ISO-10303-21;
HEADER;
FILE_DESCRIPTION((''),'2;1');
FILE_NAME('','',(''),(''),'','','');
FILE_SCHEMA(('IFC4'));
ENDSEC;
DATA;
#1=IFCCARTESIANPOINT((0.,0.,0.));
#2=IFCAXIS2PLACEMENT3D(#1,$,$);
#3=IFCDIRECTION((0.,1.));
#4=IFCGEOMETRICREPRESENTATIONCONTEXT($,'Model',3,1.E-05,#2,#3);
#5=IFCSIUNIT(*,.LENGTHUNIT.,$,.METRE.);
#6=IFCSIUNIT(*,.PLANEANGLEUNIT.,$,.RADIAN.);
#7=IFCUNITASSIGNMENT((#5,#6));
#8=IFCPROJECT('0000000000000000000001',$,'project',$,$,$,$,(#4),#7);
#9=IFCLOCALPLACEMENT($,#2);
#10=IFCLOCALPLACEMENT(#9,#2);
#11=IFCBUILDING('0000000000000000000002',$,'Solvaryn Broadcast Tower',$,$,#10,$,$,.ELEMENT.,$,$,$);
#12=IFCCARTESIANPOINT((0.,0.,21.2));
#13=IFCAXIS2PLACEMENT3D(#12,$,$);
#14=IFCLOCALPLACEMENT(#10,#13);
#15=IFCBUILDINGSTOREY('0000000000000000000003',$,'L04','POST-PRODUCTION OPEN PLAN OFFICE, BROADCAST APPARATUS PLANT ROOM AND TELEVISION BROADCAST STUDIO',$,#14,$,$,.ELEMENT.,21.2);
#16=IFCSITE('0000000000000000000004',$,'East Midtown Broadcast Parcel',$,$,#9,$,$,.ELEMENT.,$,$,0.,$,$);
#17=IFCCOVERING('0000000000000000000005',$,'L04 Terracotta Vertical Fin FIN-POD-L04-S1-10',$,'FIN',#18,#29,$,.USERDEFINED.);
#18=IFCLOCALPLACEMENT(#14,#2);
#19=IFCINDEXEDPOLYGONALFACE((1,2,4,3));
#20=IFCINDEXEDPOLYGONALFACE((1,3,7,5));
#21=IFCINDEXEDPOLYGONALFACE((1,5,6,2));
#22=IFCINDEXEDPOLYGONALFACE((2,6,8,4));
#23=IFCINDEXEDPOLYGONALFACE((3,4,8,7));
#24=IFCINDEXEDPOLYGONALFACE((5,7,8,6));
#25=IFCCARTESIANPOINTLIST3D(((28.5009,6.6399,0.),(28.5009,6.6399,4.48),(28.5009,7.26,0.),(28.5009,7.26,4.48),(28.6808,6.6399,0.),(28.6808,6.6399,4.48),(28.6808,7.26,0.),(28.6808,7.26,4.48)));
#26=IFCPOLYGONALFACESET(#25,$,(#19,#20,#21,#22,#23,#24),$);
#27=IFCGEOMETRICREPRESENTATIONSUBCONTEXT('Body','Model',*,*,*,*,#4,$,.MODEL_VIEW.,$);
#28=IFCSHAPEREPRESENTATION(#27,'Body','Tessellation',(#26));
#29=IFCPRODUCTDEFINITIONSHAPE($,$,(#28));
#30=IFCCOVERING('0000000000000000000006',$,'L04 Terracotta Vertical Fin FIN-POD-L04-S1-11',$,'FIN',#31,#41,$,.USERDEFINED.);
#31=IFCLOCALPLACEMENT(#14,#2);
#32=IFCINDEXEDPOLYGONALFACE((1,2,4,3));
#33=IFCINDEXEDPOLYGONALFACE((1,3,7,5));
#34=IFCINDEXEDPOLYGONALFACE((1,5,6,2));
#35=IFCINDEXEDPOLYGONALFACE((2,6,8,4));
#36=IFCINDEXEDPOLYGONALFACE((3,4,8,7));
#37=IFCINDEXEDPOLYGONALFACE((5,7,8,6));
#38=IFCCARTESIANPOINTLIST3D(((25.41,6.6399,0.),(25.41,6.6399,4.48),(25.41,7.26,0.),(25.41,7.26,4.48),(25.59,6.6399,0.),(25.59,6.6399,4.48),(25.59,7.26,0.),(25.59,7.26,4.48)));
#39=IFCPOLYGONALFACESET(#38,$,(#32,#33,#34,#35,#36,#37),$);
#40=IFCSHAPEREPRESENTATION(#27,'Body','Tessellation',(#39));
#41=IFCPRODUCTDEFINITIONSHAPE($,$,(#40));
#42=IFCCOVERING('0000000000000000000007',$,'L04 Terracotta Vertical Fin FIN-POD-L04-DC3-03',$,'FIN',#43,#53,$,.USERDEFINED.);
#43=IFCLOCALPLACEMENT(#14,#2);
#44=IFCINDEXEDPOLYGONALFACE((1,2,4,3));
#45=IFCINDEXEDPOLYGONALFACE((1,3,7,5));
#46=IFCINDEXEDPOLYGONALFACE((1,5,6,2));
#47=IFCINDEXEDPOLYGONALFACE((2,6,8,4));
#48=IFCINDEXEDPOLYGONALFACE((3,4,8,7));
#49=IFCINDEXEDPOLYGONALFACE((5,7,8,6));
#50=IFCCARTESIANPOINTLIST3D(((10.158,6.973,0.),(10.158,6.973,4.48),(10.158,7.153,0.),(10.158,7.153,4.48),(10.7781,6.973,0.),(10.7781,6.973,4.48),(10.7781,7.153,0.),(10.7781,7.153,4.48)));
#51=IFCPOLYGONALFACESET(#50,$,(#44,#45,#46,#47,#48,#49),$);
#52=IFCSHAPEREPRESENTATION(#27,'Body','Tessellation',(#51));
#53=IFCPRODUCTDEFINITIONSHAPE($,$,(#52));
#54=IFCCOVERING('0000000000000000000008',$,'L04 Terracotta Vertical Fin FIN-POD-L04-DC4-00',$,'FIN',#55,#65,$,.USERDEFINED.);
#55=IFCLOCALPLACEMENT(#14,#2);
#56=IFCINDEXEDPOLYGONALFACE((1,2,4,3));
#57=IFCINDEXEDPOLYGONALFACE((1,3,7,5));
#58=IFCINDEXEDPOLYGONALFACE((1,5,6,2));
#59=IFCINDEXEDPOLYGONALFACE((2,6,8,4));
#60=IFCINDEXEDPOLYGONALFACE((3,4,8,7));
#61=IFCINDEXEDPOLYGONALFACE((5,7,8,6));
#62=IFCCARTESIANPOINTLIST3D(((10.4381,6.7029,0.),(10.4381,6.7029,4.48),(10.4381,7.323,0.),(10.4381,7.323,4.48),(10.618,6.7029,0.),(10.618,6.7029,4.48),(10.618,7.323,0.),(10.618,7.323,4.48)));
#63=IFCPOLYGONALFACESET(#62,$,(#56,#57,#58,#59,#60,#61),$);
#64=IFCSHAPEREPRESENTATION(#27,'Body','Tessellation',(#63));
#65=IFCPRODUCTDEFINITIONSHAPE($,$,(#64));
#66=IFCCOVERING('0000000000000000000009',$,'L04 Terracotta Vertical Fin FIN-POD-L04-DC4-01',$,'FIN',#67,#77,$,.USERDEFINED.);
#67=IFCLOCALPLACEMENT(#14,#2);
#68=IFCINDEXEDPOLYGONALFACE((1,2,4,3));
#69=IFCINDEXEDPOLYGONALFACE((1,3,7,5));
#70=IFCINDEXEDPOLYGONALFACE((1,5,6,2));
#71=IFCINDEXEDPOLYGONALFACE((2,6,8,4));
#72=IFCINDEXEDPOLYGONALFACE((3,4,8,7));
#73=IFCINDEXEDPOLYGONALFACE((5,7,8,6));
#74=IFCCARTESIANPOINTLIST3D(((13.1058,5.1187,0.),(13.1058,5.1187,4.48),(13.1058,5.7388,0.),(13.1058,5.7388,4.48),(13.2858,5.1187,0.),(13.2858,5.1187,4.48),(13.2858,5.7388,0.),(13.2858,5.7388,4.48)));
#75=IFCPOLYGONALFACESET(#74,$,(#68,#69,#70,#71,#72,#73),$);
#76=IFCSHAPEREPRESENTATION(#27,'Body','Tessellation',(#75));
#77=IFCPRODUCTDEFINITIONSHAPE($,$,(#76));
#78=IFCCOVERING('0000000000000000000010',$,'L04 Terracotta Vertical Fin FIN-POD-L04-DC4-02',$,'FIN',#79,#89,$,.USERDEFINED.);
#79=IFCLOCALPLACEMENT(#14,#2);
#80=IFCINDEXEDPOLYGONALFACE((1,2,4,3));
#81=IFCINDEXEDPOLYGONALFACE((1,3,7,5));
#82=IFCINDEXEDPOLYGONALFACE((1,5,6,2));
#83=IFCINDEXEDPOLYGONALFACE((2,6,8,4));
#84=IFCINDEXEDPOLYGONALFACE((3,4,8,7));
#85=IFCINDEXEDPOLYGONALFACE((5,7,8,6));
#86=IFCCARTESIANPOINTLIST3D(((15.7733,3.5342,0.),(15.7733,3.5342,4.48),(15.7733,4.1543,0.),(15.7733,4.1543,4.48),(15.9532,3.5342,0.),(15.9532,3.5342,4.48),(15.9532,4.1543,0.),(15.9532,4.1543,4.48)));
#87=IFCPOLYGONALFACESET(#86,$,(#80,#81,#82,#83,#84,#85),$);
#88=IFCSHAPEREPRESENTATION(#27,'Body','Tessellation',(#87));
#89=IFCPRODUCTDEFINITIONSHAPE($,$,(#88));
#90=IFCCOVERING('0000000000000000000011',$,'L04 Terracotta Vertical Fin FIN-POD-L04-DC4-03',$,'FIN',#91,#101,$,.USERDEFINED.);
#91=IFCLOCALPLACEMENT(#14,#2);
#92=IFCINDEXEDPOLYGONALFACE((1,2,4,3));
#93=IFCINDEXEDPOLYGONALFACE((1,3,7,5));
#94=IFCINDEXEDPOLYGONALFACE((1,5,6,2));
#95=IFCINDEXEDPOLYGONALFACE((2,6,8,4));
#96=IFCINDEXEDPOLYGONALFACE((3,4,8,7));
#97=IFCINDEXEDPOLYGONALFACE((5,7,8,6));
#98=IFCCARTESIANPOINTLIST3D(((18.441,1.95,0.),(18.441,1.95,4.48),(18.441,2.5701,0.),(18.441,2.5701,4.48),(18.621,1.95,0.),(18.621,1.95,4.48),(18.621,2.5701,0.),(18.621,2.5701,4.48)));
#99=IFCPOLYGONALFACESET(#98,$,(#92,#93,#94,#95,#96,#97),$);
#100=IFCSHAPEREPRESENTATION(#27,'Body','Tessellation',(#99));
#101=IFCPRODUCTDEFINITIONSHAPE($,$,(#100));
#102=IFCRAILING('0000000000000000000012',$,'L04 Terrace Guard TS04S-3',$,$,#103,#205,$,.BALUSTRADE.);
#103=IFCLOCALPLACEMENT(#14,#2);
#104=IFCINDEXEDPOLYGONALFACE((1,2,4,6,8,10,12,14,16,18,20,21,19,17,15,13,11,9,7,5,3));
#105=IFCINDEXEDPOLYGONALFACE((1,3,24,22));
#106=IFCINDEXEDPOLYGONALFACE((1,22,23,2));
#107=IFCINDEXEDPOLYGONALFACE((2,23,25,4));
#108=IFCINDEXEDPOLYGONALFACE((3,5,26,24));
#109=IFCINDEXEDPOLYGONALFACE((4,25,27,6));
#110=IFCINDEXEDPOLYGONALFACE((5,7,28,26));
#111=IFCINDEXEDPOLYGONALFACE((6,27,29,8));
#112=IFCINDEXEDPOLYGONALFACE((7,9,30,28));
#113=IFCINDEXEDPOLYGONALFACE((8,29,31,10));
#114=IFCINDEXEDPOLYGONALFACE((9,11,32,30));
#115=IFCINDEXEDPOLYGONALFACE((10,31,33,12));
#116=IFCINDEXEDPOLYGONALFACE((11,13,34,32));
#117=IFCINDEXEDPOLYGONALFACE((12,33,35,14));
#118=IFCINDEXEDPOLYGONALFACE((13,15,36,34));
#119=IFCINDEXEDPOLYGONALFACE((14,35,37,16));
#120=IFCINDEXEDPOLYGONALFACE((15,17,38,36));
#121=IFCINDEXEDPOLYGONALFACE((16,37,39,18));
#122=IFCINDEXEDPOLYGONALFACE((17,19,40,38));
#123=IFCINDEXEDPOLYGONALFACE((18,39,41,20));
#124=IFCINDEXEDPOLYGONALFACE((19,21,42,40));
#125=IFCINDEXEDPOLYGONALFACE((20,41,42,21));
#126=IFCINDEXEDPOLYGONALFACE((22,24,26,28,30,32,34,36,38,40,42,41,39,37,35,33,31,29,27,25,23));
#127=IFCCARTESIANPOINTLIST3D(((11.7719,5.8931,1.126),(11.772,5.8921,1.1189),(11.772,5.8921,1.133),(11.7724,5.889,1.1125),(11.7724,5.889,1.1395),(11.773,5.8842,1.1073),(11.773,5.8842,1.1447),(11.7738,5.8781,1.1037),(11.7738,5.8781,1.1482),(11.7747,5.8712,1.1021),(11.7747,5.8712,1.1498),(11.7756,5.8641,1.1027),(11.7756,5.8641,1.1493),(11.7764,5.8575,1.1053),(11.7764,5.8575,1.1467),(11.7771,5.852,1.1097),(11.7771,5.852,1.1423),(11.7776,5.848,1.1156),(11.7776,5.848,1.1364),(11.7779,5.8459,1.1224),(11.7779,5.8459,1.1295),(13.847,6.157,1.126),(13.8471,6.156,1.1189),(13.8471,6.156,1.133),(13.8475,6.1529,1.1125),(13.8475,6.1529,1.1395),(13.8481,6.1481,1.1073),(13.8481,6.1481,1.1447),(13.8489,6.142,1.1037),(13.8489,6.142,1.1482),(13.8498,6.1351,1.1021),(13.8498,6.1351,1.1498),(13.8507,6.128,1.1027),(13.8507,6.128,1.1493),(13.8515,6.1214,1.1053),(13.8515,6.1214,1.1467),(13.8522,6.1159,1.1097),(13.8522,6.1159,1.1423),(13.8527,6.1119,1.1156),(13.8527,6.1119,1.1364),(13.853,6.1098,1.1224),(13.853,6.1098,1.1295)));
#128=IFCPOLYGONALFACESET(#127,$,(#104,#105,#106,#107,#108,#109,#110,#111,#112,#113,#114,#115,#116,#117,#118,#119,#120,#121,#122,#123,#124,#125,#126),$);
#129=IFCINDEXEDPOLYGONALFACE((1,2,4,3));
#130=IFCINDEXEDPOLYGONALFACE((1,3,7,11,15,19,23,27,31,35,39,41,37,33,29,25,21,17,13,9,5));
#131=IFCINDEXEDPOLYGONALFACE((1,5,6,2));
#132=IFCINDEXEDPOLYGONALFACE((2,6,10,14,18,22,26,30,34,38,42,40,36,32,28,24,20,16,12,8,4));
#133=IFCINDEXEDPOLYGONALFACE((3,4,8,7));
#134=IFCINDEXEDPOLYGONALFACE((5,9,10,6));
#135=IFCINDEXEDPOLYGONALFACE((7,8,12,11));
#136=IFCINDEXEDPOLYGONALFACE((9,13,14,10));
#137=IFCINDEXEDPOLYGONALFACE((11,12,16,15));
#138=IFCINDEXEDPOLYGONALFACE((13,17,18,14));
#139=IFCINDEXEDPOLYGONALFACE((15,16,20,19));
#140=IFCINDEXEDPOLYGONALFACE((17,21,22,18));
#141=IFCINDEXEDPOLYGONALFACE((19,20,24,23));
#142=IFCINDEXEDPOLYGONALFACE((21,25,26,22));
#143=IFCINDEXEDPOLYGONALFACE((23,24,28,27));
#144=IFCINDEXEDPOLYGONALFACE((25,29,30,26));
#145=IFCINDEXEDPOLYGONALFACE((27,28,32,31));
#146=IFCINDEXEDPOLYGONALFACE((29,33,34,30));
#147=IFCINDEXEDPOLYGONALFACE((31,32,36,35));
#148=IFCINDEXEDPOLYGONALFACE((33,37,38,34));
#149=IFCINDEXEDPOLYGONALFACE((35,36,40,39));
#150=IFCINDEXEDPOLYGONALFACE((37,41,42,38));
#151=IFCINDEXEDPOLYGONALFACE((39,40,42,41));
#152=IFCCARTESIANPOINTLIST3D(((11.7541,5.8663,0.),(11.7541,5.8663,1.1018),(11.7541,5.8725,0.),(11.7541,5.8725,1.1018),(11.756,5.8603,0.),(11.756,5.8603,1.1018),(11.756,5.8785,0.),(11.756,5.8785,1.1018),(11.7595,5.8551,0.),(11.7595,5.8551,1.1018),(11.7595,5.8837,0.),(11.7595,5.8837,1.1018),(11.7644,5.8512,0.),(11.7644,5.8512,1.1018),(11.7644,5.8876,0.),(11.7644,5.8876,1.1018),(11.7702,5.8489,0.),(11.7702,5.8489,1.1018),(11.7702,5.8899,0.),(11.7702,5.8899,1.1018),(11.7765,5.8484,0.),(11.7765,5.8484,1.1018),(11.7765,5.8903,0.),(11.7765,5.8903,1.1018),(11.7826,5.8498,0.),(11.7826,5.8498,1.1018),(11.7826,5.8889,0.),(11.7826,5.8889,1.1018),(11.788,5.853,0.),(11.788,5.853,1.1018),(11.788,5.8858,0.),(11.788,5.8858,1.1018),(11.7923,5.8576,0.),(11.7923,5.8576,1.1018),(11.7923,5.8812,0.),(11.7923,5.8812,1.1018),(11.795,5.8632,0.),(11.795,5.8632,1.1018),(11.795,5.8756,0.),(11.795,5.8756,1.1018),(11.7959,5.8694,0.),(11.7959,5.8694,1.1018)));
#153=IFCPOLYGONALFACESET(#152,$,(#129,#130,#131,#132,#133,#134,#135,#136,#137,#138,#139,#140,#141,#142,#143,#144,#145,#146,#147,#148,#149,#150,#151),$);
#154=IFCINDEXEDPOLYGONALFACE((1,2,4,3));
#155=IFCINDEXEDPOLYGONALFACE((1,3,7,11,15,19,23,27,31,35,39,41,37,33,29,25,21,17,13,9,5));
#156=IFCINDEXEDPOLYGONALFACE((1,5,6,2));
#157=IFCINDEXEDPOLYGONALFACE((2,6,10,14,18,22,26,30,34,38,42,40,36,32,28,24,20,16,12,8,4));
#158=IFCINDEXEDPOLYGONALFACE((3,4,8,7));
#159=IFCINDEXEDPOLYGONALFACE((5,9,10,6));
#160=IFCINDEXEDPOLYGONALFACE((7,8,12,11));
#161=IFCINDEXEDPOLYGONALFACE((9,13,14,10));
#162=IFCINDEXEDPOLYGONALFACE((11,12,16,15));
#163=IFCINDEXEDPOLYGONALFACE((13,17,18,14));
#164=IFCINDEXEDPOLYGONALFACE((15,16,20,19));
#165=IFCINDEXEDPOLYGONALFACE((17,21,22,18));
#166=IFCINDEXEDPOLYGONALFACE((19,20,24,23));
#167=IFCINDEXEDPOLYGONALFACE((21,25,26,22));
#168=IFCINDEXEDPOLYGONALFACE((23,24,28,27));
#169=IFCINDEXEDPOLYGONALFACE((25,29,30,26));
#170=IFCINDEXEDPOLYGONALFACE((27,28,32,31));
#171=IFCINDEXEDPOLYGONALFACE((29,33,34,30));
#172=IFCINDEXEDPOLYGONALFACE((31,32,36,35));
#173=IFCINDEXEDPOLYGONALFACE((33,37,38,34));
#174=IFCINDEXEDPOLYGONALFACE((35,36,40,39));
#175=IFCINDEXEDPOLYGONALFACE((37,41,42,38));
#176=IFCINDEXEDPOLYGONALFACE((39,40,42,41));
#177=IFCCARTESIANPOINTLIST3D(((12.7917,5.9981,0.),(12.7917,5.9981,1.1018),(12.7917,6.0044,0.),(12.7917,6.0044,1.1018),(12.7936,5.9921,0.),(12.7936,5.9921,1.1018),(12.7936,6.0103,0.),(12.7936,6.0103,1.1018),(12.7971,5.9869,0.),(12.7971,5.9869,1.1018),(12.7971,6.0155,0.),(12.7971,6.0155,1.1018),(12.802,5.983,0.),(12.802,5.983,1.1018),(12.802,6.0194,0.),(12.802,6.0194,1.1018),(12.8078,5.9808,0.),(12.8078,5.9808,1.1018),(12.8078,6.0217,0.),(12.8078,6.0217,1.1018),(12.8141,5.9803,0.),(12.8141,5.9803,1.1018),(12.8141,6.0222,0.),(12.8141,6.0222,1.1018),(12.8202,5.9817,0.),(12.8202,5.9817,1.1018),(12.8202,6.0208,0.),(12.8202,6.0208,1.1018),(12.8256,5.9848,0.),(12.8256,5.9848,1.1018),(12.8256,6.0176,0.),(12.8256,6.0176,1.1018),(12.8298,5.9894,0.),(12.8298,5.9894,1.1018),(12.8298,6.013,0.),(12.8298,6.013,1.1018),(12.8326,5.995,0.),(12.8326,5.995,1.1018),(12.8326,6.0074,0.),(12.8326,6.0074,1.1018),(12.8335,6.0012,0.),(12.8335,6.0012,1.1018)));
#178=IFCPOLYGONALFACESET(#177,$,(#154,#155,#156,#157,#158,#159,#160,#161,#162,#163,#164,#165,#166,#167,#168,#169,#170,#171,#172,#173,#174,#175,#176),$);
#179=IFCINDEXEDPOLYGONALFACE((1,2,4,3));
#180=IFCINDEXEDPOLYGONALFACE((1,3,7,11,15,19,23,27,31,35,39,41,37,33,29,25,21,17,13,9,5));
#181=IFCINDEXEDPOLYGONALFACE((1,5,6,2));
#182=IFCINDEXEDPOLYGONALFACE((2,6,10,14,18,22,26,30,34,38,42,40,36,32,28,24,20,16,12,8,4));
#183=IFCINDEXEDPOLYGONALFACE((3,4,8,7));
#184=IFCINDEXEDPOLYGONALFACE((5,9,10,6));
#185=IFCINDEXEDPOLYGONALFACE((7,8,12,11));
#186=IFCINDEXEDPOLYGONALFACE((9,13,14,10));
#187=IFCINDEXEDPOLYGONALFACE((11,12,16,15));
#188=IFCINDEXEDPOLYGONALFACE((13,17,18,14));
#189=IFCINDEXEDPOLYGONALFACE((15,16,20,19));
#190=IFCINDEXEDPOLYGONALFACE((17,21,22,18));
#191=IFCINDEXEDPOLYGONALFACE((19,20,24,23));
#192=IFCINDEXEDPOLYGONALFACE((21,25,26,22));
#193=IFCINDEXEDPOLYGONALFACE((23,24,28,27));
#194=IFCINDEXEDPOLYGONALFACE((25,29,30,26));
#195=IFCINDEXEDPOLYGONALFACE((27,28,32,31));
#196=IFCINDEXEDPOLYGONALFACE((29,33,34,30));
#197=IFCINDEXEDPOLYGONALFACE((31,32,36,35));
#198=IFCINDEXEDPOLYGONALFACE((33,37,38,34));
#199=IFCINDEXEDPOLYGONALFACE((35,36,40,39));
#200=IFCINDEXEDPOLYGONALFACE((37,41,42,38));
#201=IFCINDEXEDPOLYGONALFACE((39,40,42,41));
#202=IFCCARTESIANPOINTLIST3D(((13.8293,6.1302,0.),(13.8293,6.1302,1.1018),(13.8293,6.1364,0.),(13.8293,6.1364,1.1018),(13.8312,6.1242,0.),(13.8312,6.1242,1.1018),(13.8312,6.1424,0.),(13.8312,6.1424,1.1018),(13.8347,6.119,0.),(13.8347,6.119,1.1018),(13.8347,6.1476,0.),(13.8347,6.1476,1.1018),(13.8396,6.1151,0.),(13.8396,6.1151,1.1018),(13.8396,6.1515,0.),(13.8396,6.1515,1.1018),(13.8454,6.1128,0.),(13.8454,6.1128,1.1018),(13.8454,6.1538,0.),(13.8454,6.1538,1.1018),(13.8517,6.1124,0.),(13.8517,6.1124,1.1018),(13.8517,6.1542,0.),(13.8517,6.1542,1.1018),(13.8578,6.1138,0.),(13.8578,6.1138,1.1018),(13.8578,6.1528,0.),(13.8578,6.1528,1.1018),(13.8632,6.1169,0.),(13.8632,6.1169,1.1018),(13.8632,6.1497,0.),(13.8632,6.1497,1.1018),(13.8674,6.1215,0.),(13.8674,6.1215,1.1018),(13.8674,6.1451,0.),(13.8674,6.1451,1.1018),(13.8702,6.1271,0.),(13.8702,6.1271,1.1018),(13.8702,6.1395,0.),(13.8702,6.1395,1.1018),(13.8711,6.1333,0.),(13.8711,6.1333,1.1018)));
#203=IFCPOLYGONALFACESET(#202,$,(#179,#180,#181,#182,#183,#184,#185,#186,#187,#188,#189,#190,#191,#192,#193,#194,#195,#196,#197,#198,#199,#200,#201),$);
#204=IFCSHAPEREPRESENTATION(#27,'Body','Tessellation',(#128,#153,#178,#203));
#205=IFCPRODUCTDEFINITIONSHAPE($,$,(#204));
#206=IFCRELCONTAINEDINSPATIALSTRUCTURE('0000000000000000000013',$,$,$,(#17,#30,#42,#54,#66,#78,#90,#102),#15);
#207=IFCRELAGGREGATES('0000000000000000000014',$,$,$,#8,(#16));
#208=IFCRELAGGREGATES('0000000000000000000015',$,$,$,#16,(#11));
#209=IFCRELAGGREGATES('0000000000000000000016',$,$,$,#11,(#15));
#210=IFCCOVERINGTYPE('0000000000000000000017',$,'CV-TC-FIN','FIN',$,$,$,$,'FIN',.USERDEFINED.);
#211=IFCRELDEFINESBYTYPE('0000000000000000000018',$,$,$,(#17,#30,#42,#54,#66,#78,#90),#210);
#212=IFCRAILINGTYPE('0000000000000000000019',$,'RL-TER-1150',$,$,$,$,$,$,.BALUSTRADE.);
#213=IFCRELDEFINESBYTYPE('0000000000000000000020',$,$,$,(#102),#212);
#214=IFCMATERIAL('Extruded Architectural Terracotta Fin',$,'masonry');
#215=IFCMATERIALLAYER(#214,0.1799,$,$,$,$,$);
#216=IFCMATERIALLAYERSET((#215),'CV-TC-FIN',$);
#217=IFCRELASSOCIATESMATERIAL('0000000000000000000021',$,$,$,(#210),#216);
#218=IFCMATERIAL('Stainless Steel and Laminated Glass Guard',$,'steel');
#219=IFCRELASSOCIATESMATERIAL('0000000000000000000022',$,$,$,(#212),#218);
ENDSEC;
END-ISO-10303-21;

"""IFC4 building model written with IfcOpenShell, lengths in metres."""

from ifc_helpers import new_model, si_unit, direction, frame, origin, origin_2d, place, context, subcontext, project, spatial, rectangle, circle, extrude, material, layer, layer_set, type_object, element, save


model = new_model("IFC4")

# Units and contexts
model_context = context("Model", 3, precision=1e-05, world=origin(), true_north=direction((0.0, 1.0)))
body_context = subcontext(model_context, "Body", "Model", "MODEL_VIEW")
ifc_project = project(units=[si_unit("LENGTHUNIT", "METRE"), si_unit("PLANEANGLEUNIT", "RADIAN")], contexts=[model_context])

# Site, building, storey
site_placement = place(None, origin())
site = spatial("IfcSite", under=ifc_project, at=site_placement, Name="East Midtown Broadcast Parcel", CompositionType="ELEMENT", RefElevation=0.0)
building_placement = place(site_placement, origin())
building = spatial("IfcBuilding", under=site, at=building_placement, Name="Solvaryn Broadcast Tower", CompositionType="ELEMENT")
storey_placement = place(building_placement, frame((0.0, 0.0, 21.2)))
storey = spatial("IfcBuildingStorey", under=building, at=storey_placement, Name="L04", Description="POST-PRODUCTION OPEN PLAN OFFICE, BROADCAST APPARATUS PLANT ROOM AND TELEVISION BROADCAST STUDIO", CompositionType="ELEMENT", Elevation=21.2)

# Coverings
ifc_material_1 = material(Name="Extruded Architectural Terracotta Fin", Category="masonry")
ifc_layer_1 = layer(ifc_material_1, 0.1799)
ifc_layer_set_1 = layer_set([ifc_layer_1], Name="CV-TC-FIN")
covering_type_1 = type_object("IfcCoveringType", Name="CV-TC-FIN", Description="FIN", ElementType="FIN", PredefinedType="USERDEFINED", material=ifc_layer_set_1)
for number, where, z_axis, x_axis, name in (
    (1, (28.5908, 6.95, 0.0), (0.0, 0.0, 1.0), (1.0, 0.0, 0.0), "L04 Terracotta Vertical Fin FIN-POD-L04-S1-10"),
    (2, (25.5, 6.95, 0.0), (0.0, 0.0, 1.0), (1.0, 0.0, 0.0), "L04 Terracotta Vertical Fin FIN-POD-L04-S1-11"),
):
    element("IfcCovering", number, at=place(storey_placement, frame(where, z_axis=z_axis, x_axis=x_axis)), inside=storey, type_object=covering_type_1, Name=name, ObjectType="FIN", PredefinedType="USERDEFINED", context=body_context, shape_type="SweptSolid", body=[
        extrude(rectangle(XDim=0.1799, YDim=0.6201, at=origin_2d()), origin(), (0.0, 0.0, 1.0), 4.48),
    ])
covering_placement = place(storey_placement, frame((10.468, 7.063, 0.0), z_axis=(0.0, 0.0, 1.0), x_axis=(1.0, 0.0, 0.0)))
element("IfcCovering", 3, at=covering_placement, inside=storey, type_object=covering_type_1, Name="L04 Terracotta Vertical Fin FIN-POD-L04-DC3-03", ObjectType="FIN", PredefinedType="USERDEFINED", context=body_context, shape_type="SweptSolid", body=[
    extrude(rectangle(XDim=0.6201, YDim=0.1799, at=origin_2d()), origin(), (0.0, 0.0, 1.0), 4.48),
])
for number, where, z_axis, x_axis, name in (
    (4, (10.5281, 7.0129, 0.0), (0.0, 0.0, 1.0), (1.0, 0.0, 0.0), "L04 Terracotta Vertical Fin FIN-POD-L04-DC4-00"),
    (5, (13.1958, 5.4287, 0.0), (0.0, 0.0, 1.0), (1.0, 0.0, 0.0), "L04 Terracotta Vertical Fin FIN-POD-L04-DC4-01"),
    (6, (15.8633, 3.8442, 0.0), (0.0, 0.0, 1.0), (1.0, 0.0, 0.0), "L04 Terracotta Vertical Fin FIN-POD-L04-DC4-02"),
    (7, (18.531, 2.26, 0.0), (0.0, 0.0, 1.0), (1.0, 0.0, 0.0), "L04 Terracotta Vertical Fin FIN-POD-L04-DC4-03"),
):
    element("IfcCovering", number, at=place(storey_placement, frame(where, z_axis=z_axis, x_axis=x_axis)), inside=storey, type_object=covering_type_1, Name=name, ObjectType="FIN", PredefinedType="USERDEFINED", context=body_context, shape_type="SweptSolid", body=[
        extrude(rectangle(XDim=0.1799, YDim=0.6201, at=origin_2d()), origin(), (0.0, 0.0, 1.0), 4.48),
    ])

# Railing
ifc_material_2 = material(Name="Stainless Steel and Laminated Glass Guard", Category="steel")
railing_type = type_object("IfcRailingType", Name="RL-TER-1150", PredefinedType="BALUSTRADE", material=ifc_material_2)
railing_1_placement = place(storey_placement, frame((11.7749, 5.8694, 0.0)))
element("IfcRailing", 8, at=railing_1_placement, inside=storey, type_object=railing_type, Name="L04 Terrace Guard TS04S-3", PredefinedType="BALUSTRADE", context=body_context, shape_type="SweptSolid", body=[
    extrude(circle(Radius=0.0239, at=origin_2d()), frame((0.0, 0.0, 1.126), z_axis=(0.99201, 0.12616, 0.0), x_axis=(-0.12616, 0.99201, 0.0)), (0.0, 0.0, 1.0), 2.0918),
    extrude(circle(Radius=0.021, at=origin_2d()), origin(), (0.0, 0.0, 1.0), 1.1018),
    extrude(circle(Radius=0.021, at=origin_2d()), frame((1.0376, 0.1318, 0.0)), (0.0, 0.0, 1.0), 1.1018),
    extrude(circle(Radius=0.021, at=origin_2d()), frame((2.0752, 0.2639, 0.0)), (0.0, 0.0, 1.0), 1.1018),
])

save(model, "model.ifc")
